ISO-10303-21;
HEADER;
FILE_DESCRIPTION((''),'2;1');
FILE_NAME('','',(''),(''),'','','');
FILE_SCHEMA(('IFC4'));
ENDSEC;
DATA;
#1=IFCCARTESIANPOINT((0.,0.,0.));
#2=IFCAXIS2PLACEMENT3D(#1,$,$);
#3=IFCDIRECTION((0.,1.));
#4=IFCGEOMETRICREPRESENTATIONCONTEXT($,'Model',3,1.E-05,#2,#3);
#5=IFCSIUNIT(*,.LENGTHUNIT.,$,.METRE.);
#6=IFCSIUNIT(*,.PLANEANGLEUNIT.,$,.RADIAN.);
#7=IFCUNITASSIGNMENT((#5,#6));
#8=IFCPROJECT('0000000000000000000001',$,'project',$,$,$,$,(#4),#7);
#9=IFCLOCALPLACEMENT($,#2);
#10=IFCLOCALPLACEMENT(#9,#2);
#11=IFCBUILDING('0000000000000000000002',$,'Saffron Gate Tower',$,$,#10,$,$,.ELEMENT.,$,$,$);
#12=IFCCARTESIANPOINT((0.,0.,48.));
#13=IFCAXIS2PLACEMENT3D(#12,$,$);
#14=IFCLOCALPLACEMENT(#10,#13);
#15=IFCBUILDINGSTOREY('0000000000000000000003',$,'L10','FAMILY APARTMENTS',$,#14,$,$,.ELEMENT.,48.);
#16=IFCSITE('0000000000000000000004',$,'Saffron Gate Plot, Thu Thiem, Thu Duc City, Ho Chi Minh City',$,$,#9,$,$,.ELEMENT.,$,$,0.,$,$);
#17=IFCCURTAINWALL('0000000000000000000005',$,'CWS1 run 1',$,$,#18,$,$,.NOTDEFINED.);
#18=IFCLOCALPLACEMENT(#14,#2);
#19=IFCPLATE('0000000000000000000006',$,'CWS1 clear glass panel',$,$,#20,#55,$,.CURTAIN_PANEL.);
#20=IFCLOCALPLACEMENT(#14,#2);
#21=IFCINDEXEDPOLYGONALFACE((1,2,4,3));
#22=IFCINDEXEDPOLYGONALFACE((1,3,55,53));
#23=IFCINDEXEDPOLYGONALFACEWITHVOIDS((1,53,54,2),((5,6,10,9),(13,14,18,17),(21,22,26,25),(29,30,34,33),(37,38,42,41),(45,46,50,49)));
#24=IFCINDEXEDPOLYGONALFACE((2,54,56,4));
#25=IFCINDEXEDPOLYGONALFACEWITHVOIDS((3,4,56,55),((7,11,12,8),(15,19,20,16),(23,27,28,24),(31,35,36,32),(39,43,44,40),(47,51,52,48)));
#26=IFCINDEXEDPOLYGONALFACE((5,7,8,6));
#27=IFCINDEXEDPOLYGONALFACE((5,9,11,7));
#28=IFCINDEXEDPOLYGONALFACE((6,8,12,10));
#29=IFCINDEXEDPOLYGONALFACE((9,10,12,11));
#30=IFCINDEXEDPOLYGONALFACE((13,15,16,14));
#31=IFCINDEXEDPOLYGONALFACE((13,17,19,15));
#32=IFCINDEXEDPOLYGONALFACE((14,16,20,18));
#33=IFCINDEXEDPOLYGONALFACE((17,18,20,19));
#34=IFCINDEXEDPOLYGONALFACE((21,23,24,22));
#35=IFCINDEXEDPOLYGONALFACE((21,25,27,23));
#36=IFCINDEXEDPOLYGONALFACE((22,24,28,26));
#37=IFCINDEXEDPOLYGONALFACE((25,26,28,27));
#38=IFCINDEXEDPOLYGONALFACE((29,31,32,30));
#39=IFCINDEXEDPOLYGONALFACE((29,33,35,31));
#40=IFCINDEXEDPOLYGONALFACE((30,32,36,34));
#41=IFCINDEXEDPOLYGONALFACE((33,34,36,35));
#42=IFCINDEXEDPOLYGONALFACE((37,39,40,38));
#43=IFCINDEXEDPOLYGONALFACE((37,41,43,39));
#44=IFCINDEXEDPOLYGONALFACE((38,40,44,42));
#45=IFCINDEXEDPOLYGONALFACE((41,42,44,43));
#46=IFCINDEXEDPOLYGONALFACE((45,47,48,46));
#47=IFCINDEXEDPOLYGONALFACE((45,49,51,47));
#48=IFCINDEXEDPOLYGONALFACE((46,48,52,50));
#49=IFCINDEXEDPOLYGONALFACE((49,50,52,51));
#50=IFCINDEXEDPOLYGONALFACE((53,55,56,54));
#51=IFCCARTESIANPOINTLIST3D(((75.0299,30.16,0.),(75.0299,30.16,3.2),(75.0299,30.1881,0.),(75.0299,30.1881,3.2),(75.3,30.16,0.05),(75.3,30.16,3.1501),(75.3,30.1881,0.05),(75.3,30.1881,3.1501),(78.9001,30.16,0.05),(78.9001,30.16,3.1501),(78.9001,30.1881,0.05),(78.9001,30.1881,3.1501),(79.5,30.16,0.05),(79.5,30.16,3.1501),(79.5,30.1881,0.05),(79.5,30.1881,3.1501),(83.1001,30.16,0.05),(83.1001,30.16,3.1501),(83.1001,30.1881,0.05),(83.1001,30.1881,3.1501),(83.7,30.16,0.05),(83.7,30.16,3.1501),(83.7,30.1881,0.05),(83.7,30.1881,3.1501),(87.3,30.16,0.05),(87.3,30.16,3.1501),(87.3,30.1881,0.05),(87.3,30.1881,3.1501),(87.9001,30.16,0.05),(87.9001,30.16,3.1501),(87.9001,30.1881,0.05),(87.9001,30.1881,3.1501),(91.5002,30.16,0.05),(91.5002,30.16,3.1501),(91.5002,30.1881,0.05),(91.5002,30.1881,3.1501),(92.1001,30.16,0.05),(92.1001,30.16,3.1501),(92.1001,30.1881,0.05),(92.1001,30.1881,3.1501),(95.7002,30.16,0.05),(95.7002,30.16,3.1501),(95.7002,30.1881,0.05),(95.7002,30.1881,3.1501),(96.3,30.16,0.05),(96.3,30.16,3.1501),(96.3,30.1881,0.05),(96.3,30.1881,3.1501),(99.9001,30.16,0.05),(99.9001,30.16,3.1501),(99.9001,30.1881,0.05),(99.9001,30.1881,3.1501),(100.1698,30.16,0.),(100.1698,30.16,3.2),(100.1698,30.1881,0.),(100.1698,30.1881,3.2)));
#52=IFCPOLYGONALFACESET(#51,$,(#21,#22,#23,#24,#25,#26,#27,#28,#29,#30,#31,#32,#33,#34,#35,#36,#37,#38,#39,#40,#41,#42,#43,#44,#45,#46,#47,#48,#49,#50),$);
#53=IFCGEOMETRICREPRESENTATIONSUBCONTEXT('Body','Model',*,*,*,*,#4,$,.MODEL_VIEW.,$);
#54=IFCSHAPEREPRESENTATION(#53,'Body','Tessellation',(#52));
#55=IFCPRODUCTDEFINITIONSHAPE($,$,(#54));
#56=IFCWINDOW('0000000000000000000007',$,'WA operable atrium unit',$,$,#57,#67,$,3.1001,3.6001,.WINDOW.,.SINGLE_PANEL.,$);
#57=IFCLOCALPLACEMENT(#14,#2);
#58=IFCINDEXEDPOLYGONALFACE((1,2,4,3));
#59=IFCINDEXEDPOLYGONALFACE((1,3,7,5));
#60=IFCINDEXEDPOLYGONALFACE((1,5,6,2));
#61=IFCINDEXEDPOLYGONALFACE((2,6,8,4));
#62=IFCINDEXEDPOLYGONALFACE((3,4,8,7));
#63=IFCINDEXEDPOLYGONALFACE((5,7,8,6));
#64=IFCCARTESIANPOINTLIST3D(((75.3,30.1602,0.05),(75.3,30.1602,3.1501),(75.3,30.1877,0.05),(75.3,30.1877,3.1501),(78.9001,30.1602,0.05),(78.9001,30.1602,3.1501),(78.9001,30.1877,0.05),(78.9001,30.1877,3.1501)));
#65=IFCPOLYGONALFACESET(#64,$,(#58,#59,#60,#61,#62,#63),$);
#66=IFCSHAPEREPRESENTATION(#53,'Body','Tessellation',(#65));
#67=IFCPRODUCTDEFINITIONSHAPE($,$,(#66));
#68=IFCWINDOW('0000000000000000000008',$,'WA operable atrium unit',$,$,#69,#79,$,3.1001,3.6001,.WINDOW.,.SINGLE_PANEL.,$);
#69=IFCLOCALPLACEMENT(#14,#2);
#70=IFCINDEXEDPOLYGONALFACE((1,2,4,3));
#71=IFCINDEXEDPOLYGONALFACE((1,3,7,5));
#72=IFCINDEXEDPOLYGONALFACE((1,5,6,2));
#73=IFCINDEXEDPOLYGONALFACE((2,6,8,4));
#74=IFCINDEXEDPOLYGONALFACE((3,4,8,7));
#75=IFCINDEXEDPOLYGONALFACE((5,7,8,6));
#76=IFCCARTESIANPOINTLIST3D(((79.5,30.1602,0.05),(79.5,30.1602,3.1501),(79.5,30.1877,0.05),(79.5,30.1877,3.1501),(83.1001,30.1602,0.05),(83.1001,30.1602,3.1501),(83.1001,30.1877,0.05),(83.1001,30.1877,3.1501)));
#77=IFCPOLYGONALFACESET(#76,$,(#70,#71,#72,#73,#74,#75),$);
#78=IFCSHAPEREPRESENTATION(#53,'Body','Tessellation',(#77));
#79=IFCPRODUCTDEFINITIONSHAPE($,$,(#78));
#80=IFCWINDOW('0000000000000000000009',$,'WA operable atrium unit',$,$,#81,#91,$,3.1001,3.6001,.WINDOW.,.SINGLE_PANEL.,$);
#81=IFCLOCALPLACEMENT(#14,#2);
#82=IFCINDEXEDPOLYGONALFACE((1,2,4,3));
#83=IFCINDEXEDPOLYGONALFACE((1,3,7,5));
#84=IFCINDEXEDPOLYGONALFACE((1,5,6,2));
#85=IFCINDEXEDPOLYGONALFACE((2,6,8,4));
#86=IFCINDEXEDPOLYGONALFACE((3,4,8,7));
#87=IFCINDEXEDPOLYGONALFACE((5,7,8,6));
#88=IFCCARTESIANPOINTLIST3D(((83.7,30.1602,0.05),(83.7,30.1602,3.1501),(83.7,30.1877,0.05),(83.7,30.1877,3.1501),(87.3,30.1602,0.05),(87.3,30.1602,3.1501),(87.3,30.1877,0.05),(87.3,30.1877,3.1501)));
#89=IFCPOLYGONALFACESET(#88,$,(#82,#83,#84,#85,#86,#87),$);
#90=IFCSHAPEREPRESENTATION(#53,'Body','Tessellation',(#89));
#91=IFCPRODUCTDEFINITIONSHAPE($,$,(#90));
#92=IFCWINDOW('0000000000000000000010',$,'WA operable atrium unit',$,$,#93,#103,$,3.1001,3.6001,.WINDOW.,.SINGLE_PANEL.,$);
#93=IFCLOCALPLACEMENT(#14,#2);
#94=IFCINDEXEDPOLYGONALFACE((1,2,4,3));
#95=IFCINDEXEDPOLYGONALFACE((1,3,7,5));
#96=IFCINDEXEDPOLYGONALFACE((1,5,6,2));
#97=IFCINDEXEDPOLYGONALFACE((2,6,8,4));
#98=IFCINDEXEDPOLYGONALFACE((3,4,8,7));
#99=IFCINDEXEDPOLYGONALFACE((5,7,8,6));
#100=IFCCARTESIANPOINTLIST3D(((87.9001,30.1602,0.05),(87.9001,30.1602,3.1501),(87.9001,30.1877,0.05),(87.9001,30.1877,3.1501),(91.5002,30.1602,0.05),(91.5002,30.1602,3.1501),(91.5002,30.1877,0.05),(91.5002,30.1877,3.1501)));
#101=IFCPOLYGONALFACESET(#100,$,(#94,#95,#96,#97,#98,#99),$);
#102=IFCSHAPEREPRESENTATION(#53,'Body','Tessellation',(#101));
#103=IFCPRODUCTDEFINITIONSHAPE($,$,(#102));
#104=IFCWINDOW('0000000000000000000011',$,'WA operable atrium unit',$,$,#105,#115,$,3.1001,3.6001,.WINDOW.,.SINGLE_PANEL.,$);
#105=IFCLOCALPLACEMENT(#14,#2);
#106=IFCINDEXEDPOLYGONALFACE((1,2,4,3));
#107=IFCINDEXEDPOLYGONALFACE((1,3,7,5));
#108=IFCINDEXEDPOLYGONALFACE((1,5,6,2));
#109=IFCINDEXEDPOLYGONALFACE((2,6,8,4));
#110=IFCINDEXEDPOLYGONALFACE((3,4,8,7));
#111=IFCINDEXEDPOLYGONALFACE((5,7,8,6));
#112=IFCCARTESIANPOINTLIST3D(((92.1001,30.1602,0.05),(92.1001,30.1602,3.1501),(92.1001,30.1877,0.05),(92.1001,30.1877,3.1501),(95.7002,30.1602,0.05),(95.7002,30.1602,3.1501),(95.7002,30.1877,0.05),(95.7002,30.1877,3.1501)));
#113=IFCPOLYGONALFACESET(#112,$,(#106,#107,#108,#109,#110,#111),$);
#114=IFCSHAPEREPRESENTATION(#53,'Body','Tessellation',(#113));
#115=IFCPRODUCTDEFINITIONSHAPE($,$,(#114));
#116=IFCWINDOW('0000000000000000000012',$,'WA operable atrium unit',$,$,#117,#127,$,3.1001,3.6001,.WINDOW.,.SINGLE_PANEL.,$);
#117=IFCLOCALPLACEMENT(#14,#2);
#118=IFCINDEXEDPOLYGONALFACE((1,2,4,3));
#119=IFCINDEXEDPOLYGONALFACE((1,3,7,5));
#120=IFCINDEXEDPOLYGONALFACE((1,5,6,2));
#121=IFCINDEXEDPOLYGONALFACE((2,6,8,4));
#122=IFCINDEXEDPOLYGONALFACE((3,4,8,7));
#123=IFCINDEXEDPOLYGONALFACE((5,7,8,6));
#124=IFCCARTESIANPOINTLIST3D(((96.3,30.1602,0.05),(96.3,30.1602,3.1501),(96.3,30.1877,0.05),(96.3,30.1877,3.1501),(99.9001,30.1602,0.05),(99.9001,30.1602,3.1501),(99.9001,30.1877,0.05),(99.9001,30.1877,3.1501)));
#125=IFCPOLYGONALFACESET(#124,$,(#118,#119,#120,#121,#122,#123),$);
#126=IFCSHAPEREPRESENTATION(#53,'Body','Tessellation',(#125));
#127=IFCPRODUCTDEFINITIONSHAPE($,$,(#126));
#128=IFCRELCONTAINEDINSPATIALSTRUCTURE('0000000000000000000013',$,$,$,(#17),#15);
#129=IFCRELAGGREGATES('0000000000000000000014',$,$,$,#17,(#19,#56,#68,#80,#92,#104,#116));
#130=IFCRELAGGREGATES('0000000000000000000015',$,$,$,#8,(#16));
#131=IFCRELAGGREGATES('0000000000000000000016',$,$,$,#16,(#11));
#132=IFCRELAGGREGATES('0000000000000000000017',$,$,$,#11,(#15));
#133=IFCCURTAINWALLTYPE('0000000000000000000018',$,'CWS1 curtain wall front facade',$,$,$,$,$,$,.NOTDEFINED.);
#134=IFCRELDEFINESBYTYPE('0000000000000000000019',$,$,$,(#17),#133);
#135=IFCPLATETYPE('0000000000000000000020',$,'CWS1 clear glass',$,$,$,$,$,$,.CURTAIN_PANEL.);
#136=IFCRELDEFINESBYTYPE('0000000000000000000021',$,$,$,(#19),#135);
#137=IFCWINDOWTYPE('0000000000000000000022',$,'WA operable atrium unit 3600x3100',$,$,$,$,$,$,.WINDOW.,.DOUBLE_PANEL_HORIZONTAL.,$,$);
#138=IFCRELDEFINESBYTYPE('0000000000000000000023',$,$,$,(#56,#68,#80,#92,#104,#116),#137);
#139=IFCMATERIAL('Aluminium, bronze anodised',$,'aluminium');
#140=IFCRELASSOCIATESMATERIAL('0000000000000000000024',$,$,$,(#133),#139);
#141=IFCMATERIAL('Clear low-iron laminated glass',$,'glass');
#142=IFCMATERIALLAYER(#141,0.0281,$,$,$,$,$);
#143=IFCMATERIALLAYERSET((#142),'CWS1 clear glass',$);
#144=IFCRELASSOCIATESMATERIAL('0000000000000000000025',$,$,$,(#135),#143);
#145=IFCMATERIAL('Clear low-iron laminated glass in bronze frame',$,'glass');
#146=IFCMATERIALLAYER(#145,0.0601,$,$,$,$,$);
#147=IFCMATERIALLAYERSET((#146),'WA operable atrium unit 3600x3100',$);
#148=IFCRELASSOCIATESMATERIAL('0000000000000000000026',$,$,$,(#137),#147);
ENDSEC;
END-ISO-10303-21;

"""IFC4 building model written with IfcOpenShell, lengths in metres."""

from ifc_helpers import new_model, si_unit, direction, frame, frame_2d, origin, place, context, subcontext, project, spatial, rectangle, extrude, material, layer, layer_set, type_object, element, fill, aggregate, save


model = new_model("IFC4")

# Units and contexts
model_context = context("Model", 3, precision=1e-05, world=origin(), true_north=direction((0.0, 1.0)))
body_context = subcontext(model_context, "Body", "Model", "MODEL_VIEW")
ifc_project = project(units=[si_unit("LENGTHUNIT", "METRE"), si_unit("PLANEANGLEUNIT", "RADIAN")], contexts=[model_context])

# Site, building, storey
site_placement = place(None, origin())
site = spatial("IfcSite", under=ifc_project, at=site_placement, Name="Saffron Gate Plot, Thu Thiem, Thu Duc City, Ho Chi Minh City", CompositionType="ELEMENT", RefElevation=0.0)
building_placement = place(site_placement, origin())
building = spatial("IfcBuilding", under=site, at=building_placement, Name="Saffron Gate Tower", CompositionType="ELEMENT")
storey_placement = place(building_placement, frame((0.0, 0.0, 48.0)))
storey = spatial("IfcBuildingStorey", under=building, at=storey_placement, Name="L10", Description="FAMILY APARTMENTS", CompositionType="ELEMENT", Elevation=48.0)

# Curtain wall, plate, openings, windows
ifc_material_1 = material(Name="Aluminium, bronze anodised", Category="aluminium")
curtain_wall_type = type_object("IfcCurtainWallType", Name="CWS1 curtain wall front facade", PredefinedType="NOTDEFINED", material=ifc_material_1)
curtain_wall_placement = place(storey_placement, origin())
curtain_wall = element("IfcCurtainWall", 1, at=curtain_wall_placement, inside=storey, type_object=curtain_wall_type, Name="CWS1 run 1", PredefinedType="NOTDEFINED")
ifc_material_2 = material(Name="Clear low-iron laminated glass", Category="glass")
ifc_layer_1 = layer(ifc_material_2, 0.0281)
ifc_layer_set_1 = layer_set([ifc_layer_1], Name="CWS1 clear glass")
plate_type = type_object("IfcPlateType", Name="CWS1 clear glass", PredefinedType="CURTAIN_PANEL", material=ifc_layer_set_1)
plate_placement = place(storey_placement, frame((75.03, 30.1741, 0.0), z_axis=(0.0, 0.0, 1.0), x_axis=(1.0, 0.0, 0.0)))
plate = element("IfcPlate", 2, at=plate_placement, type_object=plate_type, Name="CWS1 clear glass panel", PredefinedType="CURTAIN_PANEL", context=body_context, shape_type="SweptSolid", body=[
    extrude(rectangle(XDim=25.1399, YDim=0.0281, at=frame_2d((12.5698, 0.0))), origin(), (0.0, 0.0, 1.0), 3.2),
])
opening_1_placement = place(plate_placement, frame((0.27, 0.0, 0.05)))
opening_1 = element("IfcOpeningElement", 3, at=opening_1_placement, cuts=plate, PredefinedType="OPENING", context=body_context, shape_type="SweptSolid", body=[
    extrude(rectangle(XDim=3.6001, YDim=3.1001, at=frame_2d((1.8, 1.55))), frame((0.0, 0.0239, 0.0), z_axis=(0.0, -1.0, 0.0), x_axis=(1.0, 0.0, 0.0)), (0.0, 0.0, 1.0), 0.0481),
])
opening_2_placement = place(plate_placement, frame((4.47, 0.0, 0.05)))
opening_2 = element("IfcOpeningElement", 4, at=opening_2_placement, cuts=plate, PredefinedType="OPENING", context=body_context, shape_type="SweptSolid", body=[
    extrude(rectangle(XDim=3.6001, YDim=3.1001, at=frame_2d((1.8, 1.55))), frame((0.0, 0.0239, 0.0), z_axis=(0.0, -1.0, 0.0), x_axis=(1.0, 0.0, 0.0)), (0.0, 0.0, 1.0), 0.0481),
])
opening_3_placement = place(plate_placement, frame((8.6699, 0.0, 0.05)))
opening_3 = element("IfcOpeningElement", 5, at=opening_3_placement, cuts=plate, PredefinedType="OPENING", context=body_context, shape_type="SweptSolid", body=[
    extrude(rectangle(XDim=3.6001, YDim=3.1001, at=frame_2d((1.8, 1.55))), frame((0.0, 0.0239, 0.0), z_axis=(0.0, -1.0, 0.0), x_axis=(1.0, 0.0, 0.0)), (0.0, 0.0, 1.0), 0.0481),
])
opening_4_placement = place(plate_placement, frame((12.8701, 0.0, 0.05)))
opening_4 = element("IfcOpeningElement", 6, at=opening_4_placement, cuts=plate, PredefinedType="OPENING", context=body_context, shape_type="SweptSolid", body=[
    extrude(rectangle(XDim=3.6001, YDim=3.1001, at=frame_2d((1.8, 1.55))), frame((0.0, 0.0239, 0.0), z_axis=(0.0, -1.0, 0.0), x_axis=(1.0, 0.0, 0.0)), (0.0, 0.0, 1.0), 0.0481),
])
opening_5_placement = place(plate_placement, frame((17.0701, 0.0, 0.05)))
opening_5 = element("IfcOpeningElement", 7, at=opening_5_placement, cuts=plate, PredefinedType="OPENING", context=body_context, shape_type="SweptSolid", body=[
    extrude(rectangle(XDim=3.6001, YDim=3.1001, at=frame_2d((1.8, 1.55))), frame((0.0, 0.0239, 0.0), z_axis=(0.0, -1.0, 0.0), x_axis=(1.0, 0.0, 0.0)), (0.0, 0.0, 1.0), 0.0481),
])
opening_6_placement = place(plate_placement, frame((21.27, 0.0, 0.05)))
opening_6 = element("IfcOpeningElement", 8, at=opening_6_placement, cuts=plate, PredefinedType="OPENING", context=body_context, shape_type="SweptSolid", body=[
    extrude(rectangle(XDim=3.6001, YDim=3.1001, at=frame_2d((1.8, 1.55))), frame((0.0, 0.0239, 0.0), z_axis=(0.0, -1.0, 0.0), x_axis=(1.0, 0.0, 0.0)), (0.0, 0.0, 1.0), 0.0481),
])
ifc_material_3 = material(Name="Clear low-iron laminated glass in bronze frame", Category="glass")
ifc_layer_2 = layer(ifc_material_3, 0.0601)
ifc_layer_set_2 = layer_set([ifc_layer_2], Name="WA operable atrium unit 3600x3100")
window_type = type_object("IfcWindowType", Name="WA operable atrium unit 3600x3100", PartitioningType="DOUBLE_PANEL_HORIZONTAL", PredefinedType="WINDOW", material=ifc_layer_set_2)
window_1_placement = place(opening_1_placement, origin())
window_1 = element("IfcWindow", 9, at=window_1_placement, type_object=window_type, Name="WA operable atrium unit", OverallHeight=3.1001, OverallWidth=3.6001, PartitioningType="SINGLE_PANEL", PredefinedType="WINDOW", context=body_context, shape_type="SweptSolid", body=[
    extrude(rectangle(XDim=3.6001, YDim=3.1001, at=frame_2d((1.8, 1.55))), frame((0.0, 0.0137, 0.0), z_axis=(0.0, -1.0, 0.0), x_axis=(1.0, 0.0, 0.0)), (0.0, 0.0, 1.0), 0.0276),
])
fill(opening_1, window_1)
window_2_placement = place(opening_2_placement, origin())
window_2 = element("IfcWindow", 10, at=window_2_placement, type_object=window_type, Name="WA operable atrium unit", OverallHeight=3.1001, OverallWidth=3.6001, PartitioningType="SINGLE_PANEL", PredefinedType="WINDOW", context=body_context, shape_type="SweptSolid", body=[
    extrude(rectangle(XDim=3.6001, YDim=3.1001, at=frame_2d((1.8, 1.55))), frame((0.0, 0.0137, 0.0), z_axis=(0.0, -1.0, 0.0), x_axis=(1.0, 0.0, 0.0)), (0.0, 0.0, 1.0), 0.0276),
])
fill(opening_2, window_2)
window_3_placement = place(opening_3_placement, origin())
window_3 = element("IfcWindow", 11, at=window_3_placement, type_object=window_type, Name="WA operable atrium unit", OverallHeight=3.1001, OverallWidth=3.6001, PartitioningType="SINGLE_PANEL", PredefinedType="WINDOW", context=body_context, shape_type="SweptSolid", body=[
    extrude(rectangle(XDim=3.6001, YDim=3.1001, at=frame_2d((1.8, 1.55))), frame((0.0, 0.0137, 0.0), z_axis=(0.0, -1.0, 0.0), x_axis=(1.0, 0.0, 0.0)), (0.0, 0.0, 1.0), 0.0276),
])
fill(opening_3, window_3)
window_4_placement = place(opening_4_placement, origin())
window_4 = element("IfcWindow", 12, at=window_4_placement, type_object=window_type, Name="WA operable atrium unit", OverallHeight=3.1001, OverallWidth=3.6001, PartitioningType="SINGLE_PANEL", PredefinedType="WINDOW", context=body_context, shape_type="SweptSolid", body=[
    extrude(rectangle(XDim=3.6001, YDim=3.1001, at=frame_2d((1.8, 1.55))), frame((0.0, 0.0137, 0.0), z_axis=(0.0, -1.0, 0.0), x_axis=(1.0, 0.0, 0.0)), (0.0, 0.0, 1.0), 0.0276),
])
fill(opening_4, window_4)
window_5_placement = place(opening_5_placement, origin())
window_5 = element("IfcWindow", 13, at=window_5_placement, type_object=window_type, Name="WA operable atrium unit", OverallHeight=3.1001, OverallWidth=3.6001, PartitioningType="SINGLE_PANEL", PredefinedType="WINDOW", context=body_context, shape_type="SweptSolid", body=[
    extrude(rectangle(XDim=3.6001, YDim=3.1001, at=frame_2d((1.8, 1.55))), frame((0.0, 0.0137, 0.0), z_axis=(0.0, -1.0, 0.0), x_axis=(1.0, 0.0, 0.0)), (0.0, 0.0, 1.0), 0.0276),
])
fill(opening_5, window_5)
window_6_placement = place(opening_6_placement, origin())
window_6 = element("IfcWindow", 14, at=window_6_placement, type_object=window_type, Name="WA operable atrium unit", OverallHeight=3.1001, OverallWidth=3.6001, PartitioningType="SINGLE_PANEL", PredefinedType="WINDOW", context=body_context, shape_type="SweptSolid", body=[
    extrude(rectangle(XDim=3.6001, YDim=3.1001, at=frame_2d((1.8, 1.55))), frame((0.0, 0.0137, 0.0), z_axis=(0.0, -1.0, 0.0), x_axis=(1.0, 0.0, 0.0)), (0.0, 0.0, 1.0), 0.0276),
])
fill(opening_6, window_6)
aggregate(curtain_wall, [plate, window_1, window_2, window_3, window_4, window_5, window_6])

save(model, "model.ifc")
